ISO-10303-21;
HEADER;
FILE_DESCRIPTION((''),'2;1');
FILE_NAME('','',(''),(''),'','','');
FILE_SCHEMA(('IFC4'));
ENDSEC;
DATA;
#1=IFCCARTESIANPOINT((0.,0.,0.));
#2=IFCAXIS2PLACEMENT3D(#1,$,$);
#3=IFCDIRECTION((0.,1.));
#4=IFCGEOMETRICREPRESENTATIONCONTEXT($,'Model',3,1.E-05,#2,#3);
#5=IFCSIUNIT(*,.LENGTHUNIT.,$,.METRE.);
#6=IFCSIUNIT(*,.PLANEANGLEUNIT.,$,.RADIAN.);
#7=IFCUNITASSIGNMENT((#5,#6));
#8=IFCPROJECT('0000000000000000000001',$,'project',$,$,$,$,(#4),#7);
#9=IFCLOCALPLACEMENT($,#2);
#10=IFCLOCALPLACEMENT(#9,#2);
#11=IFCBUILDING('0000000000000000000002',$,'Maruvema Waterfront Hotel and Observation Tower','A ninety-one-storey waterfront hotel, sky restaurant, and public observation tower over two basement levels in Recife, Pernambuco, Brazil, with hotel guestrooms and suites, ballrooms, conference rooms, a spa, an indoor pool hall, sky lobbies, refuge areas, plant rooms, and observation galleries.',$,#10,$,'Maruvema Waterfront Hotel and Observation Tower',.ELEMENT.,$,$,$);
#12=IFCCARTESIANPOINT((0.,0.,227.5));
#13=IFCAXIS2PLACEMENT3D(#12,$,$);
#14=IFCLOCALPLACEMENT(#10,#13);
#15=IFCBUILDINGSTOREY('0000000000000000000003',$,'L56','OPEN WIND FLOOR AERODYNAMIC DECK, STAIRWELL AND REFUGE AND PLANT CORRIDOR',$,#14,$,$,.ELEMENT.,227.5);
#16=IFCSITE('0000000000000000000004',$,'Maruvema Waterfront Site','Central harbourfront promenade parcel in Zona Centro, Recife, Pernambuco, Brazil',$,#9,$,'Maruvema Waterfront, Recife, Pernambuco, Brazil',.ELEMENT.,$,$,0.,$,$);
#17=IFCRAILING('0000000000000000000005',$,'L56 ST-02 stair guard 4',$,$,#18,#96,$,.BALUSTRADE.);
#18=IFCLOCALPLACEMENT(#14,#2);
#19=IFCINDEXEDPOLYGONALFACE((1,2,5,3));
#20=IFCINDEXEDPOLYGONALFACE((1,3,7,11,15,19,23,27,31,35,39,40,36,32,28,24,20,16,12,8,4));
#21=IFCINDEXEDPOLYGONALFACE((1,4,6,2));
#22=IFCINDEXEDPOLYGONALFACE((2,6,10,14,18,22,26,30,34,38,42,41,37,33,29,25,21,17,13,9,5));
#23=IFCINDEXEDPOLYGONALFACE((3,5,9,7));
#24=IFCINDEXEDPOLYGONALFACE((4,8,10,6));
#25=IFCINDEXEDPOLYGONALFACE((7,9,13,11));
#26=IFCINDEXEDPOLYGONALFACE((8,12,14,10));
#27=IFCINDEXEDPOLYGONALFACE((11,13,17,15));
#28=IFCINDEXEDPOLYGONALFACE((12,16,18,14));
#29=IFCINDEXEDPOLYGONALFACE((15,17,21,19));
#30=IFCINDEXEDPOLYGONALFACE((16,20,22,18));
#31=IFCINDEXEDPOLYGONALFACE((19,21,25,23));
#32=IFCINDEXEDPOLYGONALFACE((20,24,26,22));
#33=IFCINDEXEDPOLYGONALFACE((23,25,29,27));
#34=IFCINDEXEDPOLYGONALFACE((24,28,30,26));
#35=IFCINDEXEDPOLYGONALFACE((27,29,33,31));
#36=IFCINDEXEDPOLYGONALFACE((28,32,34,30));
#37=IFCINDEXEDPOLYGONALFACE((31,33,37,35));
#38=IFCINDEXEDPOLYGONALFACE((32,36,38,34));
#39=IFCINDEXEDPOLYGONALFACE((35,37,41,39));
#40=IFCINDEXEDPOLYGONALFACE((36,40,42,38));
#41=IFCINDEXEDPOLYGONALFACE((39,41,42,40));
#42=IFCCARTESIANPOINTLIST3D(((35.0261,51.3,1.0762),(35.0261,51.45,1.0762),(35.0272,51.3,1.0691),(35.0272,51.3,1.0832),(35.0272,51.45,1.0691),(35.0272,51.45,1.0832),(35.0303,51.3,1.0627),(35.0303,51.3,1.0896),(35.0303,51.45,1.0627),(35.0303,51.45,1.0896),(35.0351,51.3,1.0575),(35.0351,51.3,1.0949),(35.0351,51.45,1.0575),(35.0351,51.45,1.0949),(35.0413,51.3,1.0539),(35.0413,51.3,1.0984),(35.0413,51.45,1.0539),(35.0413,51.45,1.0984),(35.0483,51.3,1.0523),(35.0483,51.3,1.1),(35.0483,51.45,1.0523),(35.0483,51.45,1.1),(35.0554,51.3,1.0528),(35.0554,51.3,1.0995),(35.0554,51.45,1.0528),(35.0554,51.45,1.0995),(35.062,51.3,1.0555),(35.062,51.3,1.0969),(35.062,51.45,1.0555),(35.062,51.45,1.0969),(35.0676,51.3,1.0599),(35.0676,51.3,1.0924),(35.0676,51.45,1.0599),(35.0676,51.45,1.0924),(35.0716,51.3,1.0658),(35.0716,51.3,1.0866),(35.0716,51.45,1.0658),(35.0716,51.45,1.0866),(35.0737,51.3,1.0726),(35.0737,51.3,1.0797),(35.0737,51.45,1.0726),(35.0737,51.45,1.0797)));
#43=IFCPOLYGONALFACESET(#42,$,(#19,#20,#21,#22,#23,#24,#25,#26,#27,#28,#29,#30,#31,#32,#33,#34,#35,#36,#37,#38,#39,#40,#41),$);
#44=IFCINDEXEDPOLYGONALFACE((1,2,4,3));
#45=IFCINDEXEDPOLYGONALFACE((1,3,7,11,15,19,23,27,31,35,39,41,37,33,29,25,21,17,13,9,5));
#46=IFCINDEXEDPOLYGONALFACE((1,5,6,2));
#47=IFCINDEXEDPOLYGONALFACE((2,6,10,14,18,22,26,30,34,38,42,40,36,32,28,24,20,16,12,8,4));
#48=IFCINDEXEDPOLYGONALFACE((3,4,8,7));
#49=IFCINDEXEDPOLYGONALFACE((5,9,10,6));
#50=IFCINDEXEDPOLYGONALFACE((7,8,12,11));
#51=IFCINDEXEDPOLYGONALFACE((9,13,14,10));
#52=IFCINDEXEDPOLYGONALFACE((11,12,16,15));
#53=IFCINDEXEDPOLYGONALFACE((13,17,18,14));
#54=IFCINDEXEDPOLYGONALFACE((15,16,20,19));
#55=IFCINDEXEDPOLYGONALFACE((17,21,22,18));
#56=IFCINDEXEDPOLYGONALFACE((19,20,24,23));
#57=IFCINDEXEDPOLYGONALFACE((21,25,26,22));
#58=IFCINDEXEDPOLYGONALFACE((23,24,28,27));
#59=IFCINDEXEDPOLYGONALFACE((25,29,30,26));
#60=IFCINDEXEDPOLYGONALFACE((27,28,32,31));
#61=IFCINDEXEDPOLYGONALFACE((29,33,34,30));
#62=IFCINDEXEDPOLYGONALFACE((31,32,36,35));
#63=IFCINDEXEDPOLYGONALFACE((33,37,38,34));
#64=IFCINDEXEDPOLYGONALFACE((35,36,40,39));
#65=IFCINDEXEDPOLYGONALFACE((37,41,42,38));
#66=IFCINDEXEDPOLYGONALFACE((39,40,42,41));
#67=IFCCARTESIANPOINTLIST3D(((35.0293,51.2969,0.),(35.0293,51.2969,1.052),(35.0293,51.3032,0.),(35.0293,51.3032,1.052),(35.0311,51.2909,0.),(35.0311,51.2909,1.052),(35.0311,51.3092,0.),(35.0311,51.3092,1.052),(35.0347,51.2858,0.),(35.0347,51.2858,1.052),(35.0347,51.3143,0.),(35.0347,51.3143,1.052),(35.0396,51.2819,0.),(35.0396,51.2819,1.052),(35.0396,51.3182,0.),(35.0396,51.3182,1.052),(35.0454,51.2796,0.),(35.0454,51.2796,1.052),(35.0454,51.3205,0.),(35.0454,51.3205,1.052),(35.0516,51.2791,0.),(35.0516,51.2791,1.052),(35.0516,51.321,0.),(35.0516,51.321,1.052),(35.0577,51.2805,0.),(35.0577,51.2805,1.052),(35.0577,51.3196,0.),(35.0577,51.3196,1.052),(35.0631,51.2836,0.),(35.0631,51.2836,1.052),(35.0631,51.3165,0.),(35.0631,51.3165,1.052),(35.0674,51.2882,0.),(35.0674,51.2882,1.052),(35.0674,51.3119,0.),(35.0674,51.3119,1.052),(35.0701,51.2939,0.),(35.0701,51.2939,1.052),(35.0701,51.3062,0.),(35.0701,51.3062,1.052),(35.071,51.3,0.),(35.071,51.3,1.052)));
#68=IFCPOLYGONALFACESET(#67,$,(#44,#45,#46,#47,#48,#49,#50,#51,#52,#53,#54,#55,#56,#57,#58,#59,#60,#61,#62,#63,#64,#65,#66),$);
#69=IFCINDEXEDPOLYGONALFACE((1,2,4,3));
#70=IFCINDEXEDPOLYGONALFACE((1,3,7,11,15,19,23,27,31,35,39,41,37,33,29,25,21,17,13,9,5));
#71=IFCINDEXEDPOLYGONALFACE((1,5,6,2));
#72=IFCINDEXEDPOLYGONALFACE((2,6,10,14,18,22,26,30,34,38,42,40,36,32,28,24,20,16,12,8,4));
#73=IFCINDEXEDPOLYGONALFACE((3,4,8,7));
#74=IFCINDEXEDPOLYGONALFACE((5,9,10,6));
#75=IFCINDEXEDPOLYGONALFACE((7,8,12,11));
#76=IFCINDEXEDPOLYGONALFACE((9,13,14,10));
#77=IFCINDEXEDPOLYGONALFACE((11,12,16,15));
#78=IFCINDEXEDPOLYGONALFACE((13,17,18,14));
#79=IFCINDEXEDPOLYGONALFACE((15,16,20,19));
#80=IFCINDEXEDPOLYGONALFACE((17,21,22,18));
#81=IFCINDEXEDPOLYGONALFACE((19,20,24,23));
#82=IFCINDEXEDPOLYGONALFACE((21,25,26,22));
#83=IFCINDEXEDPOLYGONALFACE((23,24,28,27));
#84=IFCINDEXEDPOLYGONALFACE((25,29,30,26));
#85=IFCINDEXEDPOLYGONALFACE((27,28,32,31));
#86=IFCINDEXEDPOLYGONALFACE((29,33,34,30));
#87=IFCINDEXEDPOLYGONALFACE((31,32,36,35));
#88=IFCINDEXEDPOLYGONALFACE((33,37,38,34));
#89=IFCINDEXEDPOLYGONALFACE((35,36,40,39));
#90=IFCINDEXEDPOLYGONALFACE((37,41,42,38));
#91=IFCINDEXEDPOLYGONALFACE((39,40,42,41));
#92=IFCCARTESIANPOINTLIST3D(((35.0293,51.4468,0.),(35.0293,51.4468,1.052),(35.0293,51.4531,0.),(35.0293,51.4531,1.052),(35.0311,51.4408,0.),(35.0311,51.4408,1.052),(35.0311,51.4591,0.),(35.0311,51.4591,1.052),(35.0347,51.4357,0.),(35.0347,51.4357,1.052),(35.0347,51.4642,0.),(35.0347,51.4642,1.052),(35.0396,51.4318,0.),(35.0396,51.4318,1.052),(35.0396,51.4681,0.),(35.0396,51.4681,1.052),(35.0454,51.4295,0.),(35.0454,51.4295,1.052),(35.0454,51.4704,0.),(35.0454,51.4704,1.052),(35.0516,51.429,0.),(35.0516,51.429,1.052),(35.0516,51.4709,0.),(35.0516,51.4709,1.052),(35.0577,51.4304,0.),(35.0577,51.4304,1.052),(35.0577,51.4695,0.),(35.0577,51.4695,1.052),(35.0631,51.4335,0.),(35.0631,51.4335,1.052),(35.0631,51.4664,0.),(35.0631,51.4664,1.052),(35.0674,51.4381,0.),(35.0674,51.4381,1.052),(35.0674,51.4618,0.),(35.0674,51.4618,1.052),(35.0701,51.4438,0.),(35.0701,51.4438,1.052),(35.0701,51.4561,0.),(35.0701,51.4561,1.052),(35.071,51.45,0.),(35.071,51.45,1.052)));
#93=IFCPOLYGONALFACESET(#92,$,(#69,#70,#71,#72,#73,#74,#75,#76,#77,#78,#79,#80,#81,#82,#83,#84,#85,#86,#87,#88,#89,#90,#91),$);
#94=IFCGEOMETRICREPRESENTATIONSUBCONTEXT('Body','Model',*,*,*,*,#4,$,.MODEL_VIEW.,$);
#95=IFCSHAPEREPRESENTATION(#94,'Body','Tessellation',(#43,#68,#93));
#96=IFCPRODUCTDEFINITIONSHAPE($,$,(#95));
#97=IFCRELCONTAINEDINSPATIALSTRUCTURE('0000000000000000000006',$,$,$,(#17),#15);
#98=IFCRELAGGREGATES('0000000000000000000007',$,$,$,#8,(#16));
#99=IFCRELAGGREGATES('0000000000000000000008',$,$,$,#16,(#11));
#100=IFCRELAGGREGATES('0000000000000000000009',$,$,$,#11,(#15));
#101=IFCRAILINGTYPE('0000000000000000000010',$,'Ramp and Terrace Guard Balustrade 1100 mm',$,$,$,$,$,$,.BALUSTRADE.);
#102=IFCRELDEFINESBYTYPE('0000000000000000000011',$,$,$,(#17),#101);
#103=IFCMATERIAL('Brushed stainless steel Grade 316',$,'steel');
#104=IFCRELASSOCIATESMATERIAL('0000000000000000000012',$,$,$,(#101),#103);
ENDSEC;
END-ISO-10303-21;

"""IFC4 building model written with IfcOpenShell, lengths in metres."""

from ifc_helpers import new_model, si_unit, direction, frame, origin, origin_2d, place, context, subcontext, project, spatial, circle, extrude, material, type_object, element, save


model = new_model("IFC4")

# Units and contexts
model_context = context("Model", 3, precision=1e-05, world=origin(), true_north=direction((0.0, 1.0)))
body_context = subcontext(model_context, "Body", "Model", "MODEL_VIEW")
ifc_project = project(units=[si_unit("LENGTHUNIT", "METRE"), si_unit("PLANEANGLEUNIT", "RADIAN")], contexts=[model_context])

# Site, building, storey
site_placement = place(None, origin())
site = spatial("IfcSite", under=ifc_project, at=site_placement, Name="Maruvema Waterfront Site", Description="Central harbourfront promenade parcel in Zona Centro, Recife, Pernambuco, Brazil", LongName="Maruvema Waterfront, Recife, Pernambuco, Brazil", CompositionType="ELEMENT", RefElevation=0.0)
building_placement = place(site_placement, origin())
building = spatial("IfcBuilding", under=site, at=building_placement, Name="Maruvema Waterfront Hotel and Observation Tower", Description="A ninety-one-storey waterfront hotel, sky restaurant, and public observation tower over two basement levels in Recife, Pernambuco, Brazil, with hotel guestrooms and suites, ballrooms, conference rooms, a spa, an indoor pool hall, sky lobbies, refuge areas, plant rooms, and observation galleries.", LongName="Maruvema Waterfront Hotel and Observation Tower", CompositionType="ELEMENT")
storey_placement = place(building_placement, frame((0.0, 0.0, 227.5)))
storey = spatial("IfcBuildingStorey", under=building, at=storey_placement, Name="L56", Description="OPEN WIND FLOOR AERODYNAMIC DECK, STAIRWELL AND REFUGE AND PLANT CORRIDOR", CompositionType="ELEMENT", Elevation=227.5)

# Railing
ifc_material_1 = material(Name="Brushed stainless steel Grade 316", Category="steel")
railing_type_1 = type_object("IfcRailingType", Name="Ramp and Terrace Guard Balustrade 1100 mm", PredefinedType="BALUSTRADE", material=ifc_material_1)
railing_1_placement = place(storey_placement, frame((35.05, 51.3, 0.0)))
element("IfcRailing", 1, at=railing_1_placement, inside=storey, type_object=railing_type_1, Name="L56 ST-02 stair guard 4", PredefinedType="BALUSTRADE", context=body_context, shape_type="SweptSolid", body=[
    extrude(circle(Radius=0.0239, at=origin_2d()), frame((0.0, 0.0, 1.0762), z_axis=(0.0, 1.0, 0.0), x_axis=(-1.0, 0.0, 0.0)), (0.0, 0.0, 1.0), 0.1499),
    extrude(circle(Radius=0.021, at=origin_2d()), origin(), (0.0, 0.0, 1.0), 1.052),
    extrude(circle(Radius=0.021, at=origin_2d()), frame((0.0, 0.1499, 0.0)), (0.0, 0.0, 1.0), 1.052),
])

save(model, "model.ifc")
